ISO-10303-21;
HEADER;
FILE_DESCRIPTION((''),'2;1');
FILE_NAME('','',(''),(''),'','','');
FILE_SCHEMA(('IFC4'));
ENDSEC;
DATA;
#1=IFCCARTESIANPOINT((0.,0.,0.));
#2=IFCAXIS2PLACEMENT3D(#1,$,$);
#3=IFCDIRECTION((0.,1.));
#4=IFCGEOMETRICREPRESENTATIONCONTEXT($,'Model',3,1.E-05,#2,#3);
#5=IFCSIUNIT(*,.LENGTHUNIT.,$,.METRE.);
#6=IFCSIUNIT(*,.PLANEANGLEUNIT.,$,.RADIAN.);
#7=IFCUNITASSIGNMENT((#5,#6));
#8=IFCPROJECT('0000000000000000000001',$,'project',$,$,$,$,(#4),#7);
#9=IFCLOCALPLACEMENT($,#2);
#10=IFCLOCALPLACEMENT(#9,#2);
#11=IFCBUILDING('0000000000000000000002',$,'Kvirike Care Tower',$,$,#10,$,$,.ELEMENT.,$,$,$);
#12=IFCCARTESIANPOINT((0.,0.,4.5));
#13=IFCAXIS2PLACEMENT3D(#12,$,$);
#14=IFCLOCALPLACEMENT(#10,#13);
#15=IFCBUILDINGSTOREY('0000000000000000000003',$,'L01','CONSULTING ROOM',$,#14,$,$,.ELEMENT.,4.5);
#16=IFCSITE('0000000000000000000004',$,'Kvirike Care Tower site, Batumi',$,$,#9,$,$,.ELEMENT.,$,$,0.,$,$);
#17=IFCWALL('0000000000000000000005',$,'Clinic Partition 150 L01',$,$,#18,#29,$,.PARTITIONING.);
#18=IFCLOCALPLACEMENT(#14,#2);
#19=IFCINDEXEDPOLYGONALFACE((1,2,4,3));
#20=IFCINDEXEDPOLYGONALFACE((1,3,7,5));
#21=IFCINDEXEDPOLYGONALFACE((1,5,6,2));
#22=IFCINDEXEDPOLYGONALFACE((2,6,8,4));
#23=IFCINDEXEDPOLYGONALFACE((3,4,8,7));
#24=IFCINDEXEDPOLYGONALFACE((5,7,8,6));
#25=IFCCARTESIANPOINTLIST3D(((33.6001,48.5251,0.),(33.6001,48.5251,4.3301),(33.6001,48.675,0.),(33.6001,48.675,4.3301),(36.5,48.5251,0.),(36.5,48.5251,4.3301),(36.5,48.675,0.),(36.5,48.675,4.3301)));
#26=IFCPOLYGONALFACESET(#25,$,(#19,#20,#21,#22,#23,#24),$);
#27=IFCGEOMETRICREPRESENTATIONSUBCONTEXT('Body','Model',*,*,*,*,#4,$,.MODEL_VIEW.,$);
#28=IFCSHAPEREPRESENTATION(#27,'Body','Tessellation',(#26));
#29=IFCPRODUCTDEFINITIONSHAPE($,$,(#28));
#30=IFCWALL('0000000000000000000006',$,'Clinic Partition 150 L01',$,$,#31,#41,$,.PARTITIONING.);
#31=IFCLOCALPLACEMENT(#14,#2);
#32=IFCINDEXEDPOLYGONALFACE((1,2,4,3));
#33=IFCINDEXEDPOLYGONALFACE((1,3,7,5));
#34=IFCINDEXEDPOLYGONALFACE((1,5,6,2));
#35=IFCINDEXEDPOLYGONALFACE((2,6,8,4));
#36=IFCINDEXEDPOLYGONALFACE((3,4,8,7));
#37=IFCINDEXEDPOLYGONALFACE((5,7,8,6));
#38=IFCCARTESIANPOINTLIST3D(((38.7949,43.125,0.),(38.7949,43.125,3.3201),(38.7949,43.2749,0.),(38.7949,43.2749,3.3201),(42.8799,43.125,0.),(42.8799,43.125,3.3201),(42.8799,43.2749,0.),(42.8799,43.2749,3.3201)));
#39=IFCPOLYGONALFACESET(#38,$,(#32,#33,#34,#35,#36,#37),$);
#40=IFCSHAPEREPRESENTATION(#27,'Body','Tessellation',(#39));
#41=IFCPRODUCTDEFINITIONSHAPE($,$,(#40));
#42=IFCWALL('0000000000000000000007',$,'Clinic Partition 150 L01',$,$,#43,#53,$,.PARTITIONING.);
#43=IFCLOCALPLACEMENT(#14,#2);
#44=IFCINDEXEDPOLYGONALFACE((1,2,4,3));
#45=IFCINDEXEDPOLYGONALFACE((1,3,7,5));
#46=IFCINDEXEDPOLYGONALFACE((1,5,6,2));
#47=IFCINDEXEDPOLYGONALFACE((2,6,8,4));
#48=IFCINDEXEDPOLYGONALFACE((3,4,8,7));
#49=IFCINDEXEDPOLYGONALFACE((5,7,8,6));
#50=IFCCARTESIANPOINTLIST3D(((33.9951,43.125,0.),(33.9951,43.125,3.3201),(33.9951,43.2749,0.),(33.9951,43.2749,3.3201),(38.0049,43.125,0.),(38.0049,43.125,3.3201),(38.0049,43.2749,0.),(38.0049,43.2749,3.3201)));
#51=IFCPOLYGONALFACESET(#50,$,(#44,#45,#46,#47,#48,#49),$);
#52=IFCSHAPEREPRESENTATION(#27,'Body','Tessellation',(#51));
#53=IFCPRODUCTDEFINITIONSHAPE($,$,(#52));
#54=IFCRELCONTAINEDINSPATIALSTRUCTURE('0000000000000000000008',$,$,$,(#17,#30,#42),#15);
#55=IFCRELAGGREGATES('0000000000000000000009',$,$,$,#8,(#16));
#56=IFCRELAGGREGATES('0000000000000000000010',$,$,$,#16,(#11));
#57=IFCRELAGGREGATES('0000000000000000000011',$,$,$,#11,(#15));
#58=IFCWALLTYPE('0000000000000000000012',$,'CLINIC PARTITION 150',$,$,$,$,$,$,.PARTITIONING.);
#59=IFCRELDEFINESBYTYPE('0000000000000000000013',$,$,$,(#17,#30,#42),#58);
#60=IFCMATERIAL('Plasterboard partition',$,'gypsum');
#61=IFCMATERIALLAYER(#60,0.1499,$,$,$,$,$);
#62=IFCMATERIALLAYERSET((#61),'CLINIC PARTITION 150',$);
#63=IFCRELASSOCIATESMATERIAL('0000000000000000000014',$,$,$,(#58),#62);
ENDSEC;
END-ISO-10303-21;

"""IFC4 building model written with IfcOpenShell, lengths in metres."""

from ifc_helpers import new_model, si_unit, direction, frame, frame_2d, origin, place, context, subcontext, project, spatial, rectangle, extrude, material, layer, layer_set, type_object, element, save


model = new_model("IFC4")

# Units and contexts
model_context = context("Model", 3, precision=1e-05, world=origin(), true_north=direction((0.0, 1.0)))
body_context = subcontext(model_context, "Body", "Model", "MODEL_VIEW")
ifc_project = project(units=[si_unit("LENGTHUNIT", "METRE"), si_unit("PLANEANGLEUNIT", "RADIAN")], contexts=[model_context])

# Site, building, storey
site_placement = place(None, origin())
site = spatial("IfcSite", under=ifc_project, at=site_placement, Name="Kvirike Care Tower site, Batumi", CompositionType="ELEMENT", RefElevation=0.0)
building_placement = place(site_placement, origin())
building = spatial("IfcBuilding", under=site, at=building_placement, Name="Kvirike Care Tower", CompositionType="ELEMENT")
storey_placement = place(building_placement, frame((0.0, 0.0, 4.5)))
storey = spatial("IfcBuildingStorey", under=building, at=storey_placement, Name="L01", Description="CONSULTING ROOM", CompositionType="ELEMENT", Elevation=4.5)

# Walls
ifc_material_1 = material(Name="Plasterboard partition", Category="gypsum")
ifc_layer_1 = layer(ifc_material_1, 0.1499)
ifc_layer_set_1 = layer_set([ifc_layer_1], Name="CLINIC PARTITION 150")
wall_type_1 = type_object("IfcWallType", Name="CLINIC PARTITION 150", PredefinedType="PARTITIONING", material=ifc_layer_set_1)
wall_1_placement = place(storey_placement, frame((36.5, 48.6001, 0.0), z_axis=(0.0, 0.0, 1.0), x_axis=(-1.0, 0.0, 0.0)))
element("IfcWall", 1, at=wall_1_placement, inside=storey, type_object=wall_type_1, Name="Clinic Partition 150 L01", PredefinedType="PARTITIONING", context=body_context, shape_type="SweptSolid", body=[
    extrude(rectangle(XDim=2.8999, YDim=0.1499, at=frame_2d((1.45, 0.0))), origin(), (0.0, 0.0, 1.0), 4.3301),
])
wall_2_placement = place(storey_placement, frame((42.8799, 43.2, 0.0), z_axis=(0.0, 0.0, 1.0), x_axis=(-1.0, 0.0, 0.0)))
element("IfcWall", 2, at=wall_2_placement, inside=storey, type_object=wall_type_1, Name="Clinic Partition 150 L01", PredefinedType="PARTITIONING", context=body_context, shape_type="SweptSolid", body=[
    extrude(rectangle(XDim=4.085, YDim=0.1499, at=frame_2d((2.0425, 0.0))), origin(), (0.0, 0.0, 1.0), 3.3201),
])
wall_3_placement = place(storey_placement, frame((38.0049, 43.2, 0.0), z_axis=(0.0, 0.0, 1.0), x_axis=(-1.0, 0.0, 0.0)))
element("IfcWall", 3, at=wall_3_placement, inside=storey, type_object=wall_type_1, Name="Clinic Partition 150 L01", PredefinedType="PARTITIONING", context=body_context, shape_type="SweptSolid", body=[
    extrude(rectangle(XDim=4.0098, YDim=0.1499, at=frame_2d((2.0049, 0.0))), origin(), (0.0, 0.0, 1.0), 3.3201),
])

save(model, "model.ifc")
